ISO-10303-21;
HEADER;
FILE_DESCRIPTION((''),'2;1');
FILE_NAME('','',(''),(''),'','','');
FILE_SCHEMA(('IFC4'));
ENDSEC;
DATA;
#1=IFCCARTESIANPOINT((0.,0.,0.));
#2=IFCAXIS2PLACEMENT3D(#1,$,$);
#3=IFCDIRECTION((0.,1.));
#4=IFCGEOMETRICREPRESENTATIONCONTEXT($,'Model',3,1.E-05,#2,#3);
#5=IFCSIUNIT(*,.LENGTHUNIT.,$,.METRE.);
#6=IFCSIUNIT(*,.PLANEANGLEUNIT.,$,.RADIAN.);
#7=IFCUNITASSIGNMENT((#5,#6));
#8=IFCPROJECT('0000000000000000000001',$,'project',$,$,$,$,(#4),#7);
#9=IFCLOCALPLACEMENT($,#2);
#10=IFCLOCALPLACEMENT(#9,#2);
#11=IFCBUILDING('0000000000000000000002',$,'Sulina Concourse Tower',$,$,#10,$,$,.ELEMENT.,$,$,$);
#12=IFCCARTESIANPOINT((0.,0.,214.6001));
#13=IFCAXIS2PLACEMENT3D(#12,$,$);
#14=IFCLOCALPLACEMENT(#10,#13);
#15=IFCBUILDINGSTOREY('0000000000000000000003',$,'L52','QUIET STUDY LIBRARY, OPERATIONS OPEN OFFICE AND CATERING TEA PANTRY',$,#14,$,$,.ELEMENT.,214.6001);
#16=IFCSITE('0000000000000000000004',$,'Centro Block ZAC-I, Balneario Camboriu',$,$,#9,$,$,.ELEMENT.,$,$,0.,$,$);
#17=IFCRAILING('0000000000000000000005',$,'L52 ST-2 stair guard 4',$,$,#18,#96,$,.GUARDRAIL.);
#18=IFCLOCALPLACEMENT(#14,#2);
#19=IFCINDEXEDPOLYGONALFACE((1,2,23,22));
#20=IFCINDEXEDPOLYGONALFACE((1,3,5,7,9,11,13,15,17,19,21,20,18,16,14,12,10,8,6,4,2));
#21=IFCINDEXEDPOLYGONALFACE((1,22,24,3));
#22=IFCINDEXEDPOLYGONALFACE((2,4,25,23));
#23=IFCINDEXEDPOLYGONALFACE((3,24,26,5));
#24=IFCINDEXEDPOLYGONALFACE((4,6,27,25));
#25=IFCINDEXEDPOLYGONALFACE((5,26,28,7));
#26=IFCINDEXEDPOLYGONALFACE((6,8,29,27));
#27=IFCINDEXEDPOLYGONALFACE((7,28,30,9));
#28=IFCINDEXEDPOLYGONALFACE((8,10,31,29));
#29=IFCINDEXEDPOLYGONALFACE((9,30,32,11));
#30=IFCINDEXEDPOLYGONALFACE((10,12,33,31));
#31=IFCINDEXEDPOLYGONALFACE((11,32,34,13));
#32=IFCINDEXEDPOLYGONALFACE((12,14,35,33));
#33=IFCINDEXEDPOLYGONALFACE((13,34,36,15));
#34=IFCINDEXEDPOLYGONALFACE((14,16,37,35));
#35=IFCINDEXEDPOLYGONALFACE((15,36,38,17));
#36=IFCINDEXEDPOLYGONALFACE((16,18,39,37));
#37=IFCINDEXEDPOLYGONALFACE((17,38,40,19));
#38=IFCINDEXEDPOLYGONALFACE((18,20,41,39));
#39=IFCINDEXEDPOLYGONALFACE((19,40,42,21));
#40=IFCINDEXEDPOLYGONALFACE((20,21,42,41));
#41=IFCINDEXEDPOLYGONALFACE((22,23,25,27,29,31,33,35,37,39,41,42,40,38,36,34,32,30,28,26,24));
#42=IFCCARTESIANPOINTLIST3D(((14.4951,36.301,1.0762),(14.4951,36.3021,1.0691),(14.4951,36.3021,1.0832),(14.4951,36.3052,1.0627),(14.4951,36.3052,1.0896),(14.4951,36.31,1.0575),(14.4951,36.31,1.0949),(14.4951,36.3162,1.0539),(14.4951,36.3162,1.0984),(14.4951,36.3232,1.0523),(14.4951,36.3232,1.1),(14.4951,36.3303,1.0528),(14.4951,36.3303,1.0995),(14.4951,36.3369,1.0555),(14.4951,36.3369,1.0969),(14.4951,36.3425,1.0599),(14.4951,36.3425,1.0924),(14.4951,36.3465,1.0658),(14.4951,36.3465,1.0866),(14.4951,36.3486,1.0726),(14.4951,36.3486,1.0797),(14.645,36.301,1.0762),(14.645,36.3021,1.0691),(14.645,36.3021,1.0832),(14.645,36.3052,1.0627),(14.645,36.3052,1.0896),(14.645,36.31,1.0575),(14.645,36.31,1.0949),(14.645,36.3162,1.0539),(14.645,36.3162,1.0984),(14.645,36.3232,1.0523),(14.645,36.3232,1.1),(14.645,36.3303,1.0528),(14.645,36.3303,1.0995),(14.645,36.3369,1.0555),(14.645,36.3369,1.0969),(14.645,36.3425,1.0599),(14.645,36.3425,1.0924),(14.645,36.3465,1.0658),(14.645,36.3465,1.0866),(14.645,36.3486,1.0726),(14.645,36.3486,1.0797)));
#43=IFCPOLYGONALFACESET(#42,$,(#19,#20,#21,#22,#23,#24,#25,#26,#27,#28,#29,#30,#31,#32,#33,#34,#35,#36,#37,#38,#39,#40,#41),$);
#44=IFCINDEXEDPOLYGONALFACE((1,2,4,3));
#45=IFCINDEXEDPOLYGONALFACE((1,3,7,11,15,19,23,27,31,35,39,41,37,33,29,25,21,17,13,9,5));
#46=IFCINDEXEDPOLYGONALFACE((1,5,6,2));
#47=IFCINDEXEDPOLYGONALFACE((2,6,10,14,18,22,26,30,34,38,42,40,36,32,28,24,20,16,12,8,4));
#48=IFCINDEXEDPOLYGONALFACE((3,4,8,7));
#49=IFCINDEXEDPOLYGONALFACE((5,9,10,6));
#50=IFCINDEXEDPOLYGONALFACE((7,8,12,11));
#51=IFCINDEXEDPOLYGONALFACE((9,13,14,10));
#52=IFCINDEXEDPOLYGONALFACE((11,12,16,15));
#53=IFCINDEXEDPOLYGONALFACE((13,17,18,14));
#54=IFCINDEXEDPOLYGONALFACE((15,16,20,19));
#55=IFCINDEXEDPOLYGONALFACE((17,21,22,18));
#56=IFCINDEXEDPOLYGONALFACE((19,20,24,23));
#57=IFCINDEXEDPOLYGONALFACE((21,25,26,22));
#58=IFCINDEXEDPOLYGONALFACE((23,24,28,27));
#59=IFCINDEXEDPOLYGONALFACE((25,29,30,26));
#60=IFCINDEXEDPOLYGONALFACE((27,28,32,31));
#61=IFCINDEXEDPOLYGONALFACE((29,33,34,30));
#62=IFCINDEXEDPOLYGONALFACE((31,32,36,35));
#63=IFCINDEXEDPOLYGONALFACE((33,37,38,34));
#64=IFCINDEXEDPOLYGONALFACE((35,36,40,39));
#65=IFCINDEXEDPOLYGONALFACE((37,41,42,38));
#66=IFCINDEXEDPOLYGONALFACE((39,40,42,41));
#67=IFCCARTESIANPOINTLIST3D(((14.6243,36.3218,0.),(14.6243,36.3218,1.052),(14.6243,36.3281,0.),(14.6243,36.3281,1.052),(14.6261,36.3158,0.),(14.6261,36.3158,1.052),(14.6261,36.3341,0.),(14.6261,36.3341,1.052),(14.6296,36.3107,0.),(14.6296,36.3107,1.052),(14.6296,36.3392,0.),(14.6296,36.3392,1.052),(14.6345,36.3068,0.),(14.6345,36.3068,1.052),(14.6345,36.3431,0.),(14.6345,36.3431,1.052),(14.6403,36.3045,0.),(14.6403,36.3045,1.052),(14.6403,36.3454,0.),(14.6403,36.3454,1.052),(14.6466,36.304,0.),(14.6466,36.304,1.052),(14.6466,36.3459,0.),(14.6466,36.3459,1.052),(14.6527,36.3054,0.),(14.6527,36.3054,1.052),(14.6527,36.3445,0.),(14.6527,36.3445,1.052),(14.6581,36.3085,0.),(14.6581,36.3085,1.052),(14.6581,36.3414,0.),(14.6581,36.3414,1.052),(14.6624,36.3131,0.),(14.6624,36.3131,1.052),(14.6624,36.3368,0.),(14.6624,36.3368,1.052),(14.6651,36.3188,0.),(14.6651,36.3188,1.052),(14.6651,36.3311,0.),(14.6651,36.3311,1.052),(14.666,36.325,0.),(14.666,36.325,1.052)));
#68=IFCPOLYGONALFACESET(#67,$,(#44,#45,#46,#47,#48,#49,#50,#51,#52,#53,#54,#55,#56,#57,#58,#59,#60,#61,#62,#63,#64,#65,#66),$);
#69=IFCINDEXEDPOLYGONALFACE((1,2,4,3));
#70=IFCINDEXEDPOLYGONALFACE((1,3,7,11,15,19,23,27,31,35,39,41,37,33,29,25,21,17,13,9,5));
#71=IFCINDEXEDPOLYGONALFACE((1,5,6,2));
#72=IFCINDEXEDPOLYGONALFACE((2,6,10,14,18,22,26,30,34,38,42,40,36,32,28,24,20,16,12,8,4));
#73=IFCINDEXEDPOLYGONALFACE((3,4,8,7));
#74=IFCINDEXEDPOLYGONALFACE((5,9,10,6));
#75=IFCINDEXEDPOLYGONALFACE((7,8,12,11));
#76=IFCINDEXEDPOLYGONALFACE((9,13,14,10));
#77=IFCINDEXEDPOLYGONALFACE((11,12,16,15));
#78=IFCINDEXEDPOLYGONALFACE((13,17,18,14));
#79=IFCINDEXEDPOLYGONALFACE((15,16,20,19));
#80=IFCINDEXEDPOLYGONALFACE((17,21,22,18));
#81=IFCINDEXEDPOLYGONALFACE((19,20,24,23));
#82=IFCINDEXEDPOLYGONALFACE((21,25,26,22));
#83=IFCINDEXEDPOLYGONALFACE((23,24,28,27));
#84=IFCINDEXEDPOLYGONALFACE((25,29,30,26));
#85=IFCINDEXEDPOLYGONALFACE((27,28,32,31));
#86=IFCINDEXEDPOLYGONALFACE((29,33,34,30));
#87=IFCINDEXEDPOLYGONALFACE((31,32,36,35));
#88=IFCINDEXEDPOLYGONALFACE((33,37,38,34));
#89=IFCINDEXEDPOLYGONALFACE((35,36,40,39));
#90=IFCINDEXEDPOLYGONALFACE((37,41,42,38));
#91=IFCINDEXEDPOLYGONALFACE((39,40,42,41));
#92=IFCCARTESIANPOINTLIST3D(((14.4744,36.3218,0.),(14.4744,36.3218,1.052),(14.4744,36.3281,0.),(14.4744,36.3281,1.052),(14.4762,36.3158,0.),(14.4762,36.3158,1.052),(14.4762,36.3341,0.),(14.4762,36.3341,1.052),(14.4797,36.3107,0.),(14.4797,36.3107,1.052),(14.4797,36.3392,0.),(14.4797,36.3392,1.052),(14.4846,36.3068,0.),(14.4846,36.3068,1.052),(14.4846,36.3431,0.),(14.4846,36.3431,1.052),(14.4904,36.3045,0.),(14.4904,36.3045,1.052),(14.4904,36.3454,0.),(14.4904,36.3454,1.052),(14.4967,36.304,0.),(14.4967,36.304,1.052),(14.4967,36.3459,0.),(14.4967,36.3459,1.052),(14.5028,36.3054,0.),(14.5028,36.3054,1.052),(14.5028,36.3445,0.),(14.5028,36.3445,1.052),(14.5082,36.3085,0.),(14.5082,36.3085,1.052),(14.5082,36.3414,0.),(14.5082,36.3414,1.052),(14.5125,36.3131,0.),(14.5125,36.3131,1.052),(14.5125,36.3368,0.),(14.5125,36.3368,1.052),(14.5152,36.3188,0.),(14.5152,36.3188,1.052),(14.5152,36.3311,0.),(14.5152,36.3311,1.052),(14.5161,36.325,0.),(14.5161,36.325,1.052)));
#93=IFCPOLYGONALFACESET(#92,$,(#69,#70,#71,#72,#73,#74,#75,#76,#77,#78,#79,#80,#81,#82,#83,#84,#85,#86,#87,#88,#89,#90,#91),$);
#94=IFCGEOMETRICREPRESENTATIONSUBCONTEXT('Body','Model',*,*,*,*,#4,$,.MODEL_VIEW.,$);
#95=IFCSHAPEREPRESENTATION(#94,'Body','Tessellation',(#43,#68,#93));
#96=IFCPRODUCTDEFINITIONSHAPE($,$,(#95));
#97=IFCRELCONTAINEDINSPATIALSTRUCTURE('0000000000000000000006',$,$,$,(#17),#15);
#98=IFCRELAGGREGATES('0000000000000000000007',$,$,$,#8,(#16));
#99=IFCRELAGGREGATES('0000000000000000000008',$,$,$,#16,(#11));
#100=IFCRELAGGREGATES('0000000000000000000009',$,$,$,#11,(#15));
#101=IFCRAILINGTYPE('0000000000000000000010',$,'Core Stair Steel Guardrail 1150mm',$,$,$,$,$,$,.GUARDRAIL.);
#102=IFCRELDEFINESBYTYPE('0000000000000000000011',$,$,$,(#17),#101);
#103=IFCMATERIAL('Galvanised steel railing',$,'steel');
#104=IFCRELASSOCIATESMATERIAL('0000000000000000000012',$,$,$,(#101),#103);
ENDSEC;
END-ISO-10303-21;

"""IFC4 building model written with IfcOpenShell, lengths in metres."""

from ifc_helpers import new_model, si_unit, direction, frame, origin, origin_2d, place, context, subcontext, project, spatial, circle, extrude, material, type_object, element, save


model = new_model("IFC4")

# Units and contexts
model_context = context("Model", 3, precision=1e-05, world=origin(), true_north=direction((0.0, 1.0)))
body_context = subcontext(model_context, "Body", "Model", "MODEL_VIEW")
ifc_project = project(units=[si_unit("LENGTHUNIT", "METRE"), si_unit("PLANEANGLEUNIT", "RADIAN")], contexts=[model_context])

# Site, building, storey
site_placement = place(None, origin())
site = spatial("IfcSite", under=ifc_project, at=site_placement, Name="Centro Block ZAC-I, Balneario Camboriu", CompositionType="ELEMENT", RefElevation=0.0)
building_placement = place(site_placement, origin())
building = spatial("IfcBuilding", under=site, at=building_placement, Name="Sulina Concourse Tower", CompositionType="ELEMENT")
storey_placement = place(building_placement, frame((0.0, 0.0, 214.6001)))
storey = spatial("IfcBuildingStorey", under=building, at=storey_placement, Name="L52", Description="QUIET STUDY LIBRARY, OPERATIONS OPEN OFFICE AND CATERING TEA PANTRY", CompositionType="ELEMENT", Elevation=214.6001)

# Railing
ifc_material_1 = material(Name="Galvanised steel railing", Category="steel")
railing_type_1 = type_object("IfcRailingType", Name="Core Stair Steel Guardrail 1150mm", PredefinedType="GUARDRAIL", material=ifc_material_1)
railing_1_placement = place(storey_placement, frame((14.645, 36.325, 0.0)))
element("IfcRailing", 1, at=railing_1_placement, inside=storey, type_object=railing_type_1, Name="L52 ST-2 stair guard 4", PredefinedType="GUARDRAIL", context=body_context, shape_type="SweptSolid", body=[
    extrude(circle(Radius=0.0239, at=origin_2d()), frame((0.0, 0.0, 1.0762), z_axis=(-1.0, 0.0, 0.0), x_axis=(0.0, -1.0, 0.0)), (0.0, 0.0, 1.0), 0.1499),
    extrude(circle(Radius=0.021, at=origin_2d()), origin(), (0.0, 0.0, 1.0), 1.052),
    extrude(circle(Radius=0.021, at=origin_2d()), frame((-0.1499, 0.0, 0.0)), (0.0, 0.0, 1.0), 1.052),
])

save(model, "model.ifc")
